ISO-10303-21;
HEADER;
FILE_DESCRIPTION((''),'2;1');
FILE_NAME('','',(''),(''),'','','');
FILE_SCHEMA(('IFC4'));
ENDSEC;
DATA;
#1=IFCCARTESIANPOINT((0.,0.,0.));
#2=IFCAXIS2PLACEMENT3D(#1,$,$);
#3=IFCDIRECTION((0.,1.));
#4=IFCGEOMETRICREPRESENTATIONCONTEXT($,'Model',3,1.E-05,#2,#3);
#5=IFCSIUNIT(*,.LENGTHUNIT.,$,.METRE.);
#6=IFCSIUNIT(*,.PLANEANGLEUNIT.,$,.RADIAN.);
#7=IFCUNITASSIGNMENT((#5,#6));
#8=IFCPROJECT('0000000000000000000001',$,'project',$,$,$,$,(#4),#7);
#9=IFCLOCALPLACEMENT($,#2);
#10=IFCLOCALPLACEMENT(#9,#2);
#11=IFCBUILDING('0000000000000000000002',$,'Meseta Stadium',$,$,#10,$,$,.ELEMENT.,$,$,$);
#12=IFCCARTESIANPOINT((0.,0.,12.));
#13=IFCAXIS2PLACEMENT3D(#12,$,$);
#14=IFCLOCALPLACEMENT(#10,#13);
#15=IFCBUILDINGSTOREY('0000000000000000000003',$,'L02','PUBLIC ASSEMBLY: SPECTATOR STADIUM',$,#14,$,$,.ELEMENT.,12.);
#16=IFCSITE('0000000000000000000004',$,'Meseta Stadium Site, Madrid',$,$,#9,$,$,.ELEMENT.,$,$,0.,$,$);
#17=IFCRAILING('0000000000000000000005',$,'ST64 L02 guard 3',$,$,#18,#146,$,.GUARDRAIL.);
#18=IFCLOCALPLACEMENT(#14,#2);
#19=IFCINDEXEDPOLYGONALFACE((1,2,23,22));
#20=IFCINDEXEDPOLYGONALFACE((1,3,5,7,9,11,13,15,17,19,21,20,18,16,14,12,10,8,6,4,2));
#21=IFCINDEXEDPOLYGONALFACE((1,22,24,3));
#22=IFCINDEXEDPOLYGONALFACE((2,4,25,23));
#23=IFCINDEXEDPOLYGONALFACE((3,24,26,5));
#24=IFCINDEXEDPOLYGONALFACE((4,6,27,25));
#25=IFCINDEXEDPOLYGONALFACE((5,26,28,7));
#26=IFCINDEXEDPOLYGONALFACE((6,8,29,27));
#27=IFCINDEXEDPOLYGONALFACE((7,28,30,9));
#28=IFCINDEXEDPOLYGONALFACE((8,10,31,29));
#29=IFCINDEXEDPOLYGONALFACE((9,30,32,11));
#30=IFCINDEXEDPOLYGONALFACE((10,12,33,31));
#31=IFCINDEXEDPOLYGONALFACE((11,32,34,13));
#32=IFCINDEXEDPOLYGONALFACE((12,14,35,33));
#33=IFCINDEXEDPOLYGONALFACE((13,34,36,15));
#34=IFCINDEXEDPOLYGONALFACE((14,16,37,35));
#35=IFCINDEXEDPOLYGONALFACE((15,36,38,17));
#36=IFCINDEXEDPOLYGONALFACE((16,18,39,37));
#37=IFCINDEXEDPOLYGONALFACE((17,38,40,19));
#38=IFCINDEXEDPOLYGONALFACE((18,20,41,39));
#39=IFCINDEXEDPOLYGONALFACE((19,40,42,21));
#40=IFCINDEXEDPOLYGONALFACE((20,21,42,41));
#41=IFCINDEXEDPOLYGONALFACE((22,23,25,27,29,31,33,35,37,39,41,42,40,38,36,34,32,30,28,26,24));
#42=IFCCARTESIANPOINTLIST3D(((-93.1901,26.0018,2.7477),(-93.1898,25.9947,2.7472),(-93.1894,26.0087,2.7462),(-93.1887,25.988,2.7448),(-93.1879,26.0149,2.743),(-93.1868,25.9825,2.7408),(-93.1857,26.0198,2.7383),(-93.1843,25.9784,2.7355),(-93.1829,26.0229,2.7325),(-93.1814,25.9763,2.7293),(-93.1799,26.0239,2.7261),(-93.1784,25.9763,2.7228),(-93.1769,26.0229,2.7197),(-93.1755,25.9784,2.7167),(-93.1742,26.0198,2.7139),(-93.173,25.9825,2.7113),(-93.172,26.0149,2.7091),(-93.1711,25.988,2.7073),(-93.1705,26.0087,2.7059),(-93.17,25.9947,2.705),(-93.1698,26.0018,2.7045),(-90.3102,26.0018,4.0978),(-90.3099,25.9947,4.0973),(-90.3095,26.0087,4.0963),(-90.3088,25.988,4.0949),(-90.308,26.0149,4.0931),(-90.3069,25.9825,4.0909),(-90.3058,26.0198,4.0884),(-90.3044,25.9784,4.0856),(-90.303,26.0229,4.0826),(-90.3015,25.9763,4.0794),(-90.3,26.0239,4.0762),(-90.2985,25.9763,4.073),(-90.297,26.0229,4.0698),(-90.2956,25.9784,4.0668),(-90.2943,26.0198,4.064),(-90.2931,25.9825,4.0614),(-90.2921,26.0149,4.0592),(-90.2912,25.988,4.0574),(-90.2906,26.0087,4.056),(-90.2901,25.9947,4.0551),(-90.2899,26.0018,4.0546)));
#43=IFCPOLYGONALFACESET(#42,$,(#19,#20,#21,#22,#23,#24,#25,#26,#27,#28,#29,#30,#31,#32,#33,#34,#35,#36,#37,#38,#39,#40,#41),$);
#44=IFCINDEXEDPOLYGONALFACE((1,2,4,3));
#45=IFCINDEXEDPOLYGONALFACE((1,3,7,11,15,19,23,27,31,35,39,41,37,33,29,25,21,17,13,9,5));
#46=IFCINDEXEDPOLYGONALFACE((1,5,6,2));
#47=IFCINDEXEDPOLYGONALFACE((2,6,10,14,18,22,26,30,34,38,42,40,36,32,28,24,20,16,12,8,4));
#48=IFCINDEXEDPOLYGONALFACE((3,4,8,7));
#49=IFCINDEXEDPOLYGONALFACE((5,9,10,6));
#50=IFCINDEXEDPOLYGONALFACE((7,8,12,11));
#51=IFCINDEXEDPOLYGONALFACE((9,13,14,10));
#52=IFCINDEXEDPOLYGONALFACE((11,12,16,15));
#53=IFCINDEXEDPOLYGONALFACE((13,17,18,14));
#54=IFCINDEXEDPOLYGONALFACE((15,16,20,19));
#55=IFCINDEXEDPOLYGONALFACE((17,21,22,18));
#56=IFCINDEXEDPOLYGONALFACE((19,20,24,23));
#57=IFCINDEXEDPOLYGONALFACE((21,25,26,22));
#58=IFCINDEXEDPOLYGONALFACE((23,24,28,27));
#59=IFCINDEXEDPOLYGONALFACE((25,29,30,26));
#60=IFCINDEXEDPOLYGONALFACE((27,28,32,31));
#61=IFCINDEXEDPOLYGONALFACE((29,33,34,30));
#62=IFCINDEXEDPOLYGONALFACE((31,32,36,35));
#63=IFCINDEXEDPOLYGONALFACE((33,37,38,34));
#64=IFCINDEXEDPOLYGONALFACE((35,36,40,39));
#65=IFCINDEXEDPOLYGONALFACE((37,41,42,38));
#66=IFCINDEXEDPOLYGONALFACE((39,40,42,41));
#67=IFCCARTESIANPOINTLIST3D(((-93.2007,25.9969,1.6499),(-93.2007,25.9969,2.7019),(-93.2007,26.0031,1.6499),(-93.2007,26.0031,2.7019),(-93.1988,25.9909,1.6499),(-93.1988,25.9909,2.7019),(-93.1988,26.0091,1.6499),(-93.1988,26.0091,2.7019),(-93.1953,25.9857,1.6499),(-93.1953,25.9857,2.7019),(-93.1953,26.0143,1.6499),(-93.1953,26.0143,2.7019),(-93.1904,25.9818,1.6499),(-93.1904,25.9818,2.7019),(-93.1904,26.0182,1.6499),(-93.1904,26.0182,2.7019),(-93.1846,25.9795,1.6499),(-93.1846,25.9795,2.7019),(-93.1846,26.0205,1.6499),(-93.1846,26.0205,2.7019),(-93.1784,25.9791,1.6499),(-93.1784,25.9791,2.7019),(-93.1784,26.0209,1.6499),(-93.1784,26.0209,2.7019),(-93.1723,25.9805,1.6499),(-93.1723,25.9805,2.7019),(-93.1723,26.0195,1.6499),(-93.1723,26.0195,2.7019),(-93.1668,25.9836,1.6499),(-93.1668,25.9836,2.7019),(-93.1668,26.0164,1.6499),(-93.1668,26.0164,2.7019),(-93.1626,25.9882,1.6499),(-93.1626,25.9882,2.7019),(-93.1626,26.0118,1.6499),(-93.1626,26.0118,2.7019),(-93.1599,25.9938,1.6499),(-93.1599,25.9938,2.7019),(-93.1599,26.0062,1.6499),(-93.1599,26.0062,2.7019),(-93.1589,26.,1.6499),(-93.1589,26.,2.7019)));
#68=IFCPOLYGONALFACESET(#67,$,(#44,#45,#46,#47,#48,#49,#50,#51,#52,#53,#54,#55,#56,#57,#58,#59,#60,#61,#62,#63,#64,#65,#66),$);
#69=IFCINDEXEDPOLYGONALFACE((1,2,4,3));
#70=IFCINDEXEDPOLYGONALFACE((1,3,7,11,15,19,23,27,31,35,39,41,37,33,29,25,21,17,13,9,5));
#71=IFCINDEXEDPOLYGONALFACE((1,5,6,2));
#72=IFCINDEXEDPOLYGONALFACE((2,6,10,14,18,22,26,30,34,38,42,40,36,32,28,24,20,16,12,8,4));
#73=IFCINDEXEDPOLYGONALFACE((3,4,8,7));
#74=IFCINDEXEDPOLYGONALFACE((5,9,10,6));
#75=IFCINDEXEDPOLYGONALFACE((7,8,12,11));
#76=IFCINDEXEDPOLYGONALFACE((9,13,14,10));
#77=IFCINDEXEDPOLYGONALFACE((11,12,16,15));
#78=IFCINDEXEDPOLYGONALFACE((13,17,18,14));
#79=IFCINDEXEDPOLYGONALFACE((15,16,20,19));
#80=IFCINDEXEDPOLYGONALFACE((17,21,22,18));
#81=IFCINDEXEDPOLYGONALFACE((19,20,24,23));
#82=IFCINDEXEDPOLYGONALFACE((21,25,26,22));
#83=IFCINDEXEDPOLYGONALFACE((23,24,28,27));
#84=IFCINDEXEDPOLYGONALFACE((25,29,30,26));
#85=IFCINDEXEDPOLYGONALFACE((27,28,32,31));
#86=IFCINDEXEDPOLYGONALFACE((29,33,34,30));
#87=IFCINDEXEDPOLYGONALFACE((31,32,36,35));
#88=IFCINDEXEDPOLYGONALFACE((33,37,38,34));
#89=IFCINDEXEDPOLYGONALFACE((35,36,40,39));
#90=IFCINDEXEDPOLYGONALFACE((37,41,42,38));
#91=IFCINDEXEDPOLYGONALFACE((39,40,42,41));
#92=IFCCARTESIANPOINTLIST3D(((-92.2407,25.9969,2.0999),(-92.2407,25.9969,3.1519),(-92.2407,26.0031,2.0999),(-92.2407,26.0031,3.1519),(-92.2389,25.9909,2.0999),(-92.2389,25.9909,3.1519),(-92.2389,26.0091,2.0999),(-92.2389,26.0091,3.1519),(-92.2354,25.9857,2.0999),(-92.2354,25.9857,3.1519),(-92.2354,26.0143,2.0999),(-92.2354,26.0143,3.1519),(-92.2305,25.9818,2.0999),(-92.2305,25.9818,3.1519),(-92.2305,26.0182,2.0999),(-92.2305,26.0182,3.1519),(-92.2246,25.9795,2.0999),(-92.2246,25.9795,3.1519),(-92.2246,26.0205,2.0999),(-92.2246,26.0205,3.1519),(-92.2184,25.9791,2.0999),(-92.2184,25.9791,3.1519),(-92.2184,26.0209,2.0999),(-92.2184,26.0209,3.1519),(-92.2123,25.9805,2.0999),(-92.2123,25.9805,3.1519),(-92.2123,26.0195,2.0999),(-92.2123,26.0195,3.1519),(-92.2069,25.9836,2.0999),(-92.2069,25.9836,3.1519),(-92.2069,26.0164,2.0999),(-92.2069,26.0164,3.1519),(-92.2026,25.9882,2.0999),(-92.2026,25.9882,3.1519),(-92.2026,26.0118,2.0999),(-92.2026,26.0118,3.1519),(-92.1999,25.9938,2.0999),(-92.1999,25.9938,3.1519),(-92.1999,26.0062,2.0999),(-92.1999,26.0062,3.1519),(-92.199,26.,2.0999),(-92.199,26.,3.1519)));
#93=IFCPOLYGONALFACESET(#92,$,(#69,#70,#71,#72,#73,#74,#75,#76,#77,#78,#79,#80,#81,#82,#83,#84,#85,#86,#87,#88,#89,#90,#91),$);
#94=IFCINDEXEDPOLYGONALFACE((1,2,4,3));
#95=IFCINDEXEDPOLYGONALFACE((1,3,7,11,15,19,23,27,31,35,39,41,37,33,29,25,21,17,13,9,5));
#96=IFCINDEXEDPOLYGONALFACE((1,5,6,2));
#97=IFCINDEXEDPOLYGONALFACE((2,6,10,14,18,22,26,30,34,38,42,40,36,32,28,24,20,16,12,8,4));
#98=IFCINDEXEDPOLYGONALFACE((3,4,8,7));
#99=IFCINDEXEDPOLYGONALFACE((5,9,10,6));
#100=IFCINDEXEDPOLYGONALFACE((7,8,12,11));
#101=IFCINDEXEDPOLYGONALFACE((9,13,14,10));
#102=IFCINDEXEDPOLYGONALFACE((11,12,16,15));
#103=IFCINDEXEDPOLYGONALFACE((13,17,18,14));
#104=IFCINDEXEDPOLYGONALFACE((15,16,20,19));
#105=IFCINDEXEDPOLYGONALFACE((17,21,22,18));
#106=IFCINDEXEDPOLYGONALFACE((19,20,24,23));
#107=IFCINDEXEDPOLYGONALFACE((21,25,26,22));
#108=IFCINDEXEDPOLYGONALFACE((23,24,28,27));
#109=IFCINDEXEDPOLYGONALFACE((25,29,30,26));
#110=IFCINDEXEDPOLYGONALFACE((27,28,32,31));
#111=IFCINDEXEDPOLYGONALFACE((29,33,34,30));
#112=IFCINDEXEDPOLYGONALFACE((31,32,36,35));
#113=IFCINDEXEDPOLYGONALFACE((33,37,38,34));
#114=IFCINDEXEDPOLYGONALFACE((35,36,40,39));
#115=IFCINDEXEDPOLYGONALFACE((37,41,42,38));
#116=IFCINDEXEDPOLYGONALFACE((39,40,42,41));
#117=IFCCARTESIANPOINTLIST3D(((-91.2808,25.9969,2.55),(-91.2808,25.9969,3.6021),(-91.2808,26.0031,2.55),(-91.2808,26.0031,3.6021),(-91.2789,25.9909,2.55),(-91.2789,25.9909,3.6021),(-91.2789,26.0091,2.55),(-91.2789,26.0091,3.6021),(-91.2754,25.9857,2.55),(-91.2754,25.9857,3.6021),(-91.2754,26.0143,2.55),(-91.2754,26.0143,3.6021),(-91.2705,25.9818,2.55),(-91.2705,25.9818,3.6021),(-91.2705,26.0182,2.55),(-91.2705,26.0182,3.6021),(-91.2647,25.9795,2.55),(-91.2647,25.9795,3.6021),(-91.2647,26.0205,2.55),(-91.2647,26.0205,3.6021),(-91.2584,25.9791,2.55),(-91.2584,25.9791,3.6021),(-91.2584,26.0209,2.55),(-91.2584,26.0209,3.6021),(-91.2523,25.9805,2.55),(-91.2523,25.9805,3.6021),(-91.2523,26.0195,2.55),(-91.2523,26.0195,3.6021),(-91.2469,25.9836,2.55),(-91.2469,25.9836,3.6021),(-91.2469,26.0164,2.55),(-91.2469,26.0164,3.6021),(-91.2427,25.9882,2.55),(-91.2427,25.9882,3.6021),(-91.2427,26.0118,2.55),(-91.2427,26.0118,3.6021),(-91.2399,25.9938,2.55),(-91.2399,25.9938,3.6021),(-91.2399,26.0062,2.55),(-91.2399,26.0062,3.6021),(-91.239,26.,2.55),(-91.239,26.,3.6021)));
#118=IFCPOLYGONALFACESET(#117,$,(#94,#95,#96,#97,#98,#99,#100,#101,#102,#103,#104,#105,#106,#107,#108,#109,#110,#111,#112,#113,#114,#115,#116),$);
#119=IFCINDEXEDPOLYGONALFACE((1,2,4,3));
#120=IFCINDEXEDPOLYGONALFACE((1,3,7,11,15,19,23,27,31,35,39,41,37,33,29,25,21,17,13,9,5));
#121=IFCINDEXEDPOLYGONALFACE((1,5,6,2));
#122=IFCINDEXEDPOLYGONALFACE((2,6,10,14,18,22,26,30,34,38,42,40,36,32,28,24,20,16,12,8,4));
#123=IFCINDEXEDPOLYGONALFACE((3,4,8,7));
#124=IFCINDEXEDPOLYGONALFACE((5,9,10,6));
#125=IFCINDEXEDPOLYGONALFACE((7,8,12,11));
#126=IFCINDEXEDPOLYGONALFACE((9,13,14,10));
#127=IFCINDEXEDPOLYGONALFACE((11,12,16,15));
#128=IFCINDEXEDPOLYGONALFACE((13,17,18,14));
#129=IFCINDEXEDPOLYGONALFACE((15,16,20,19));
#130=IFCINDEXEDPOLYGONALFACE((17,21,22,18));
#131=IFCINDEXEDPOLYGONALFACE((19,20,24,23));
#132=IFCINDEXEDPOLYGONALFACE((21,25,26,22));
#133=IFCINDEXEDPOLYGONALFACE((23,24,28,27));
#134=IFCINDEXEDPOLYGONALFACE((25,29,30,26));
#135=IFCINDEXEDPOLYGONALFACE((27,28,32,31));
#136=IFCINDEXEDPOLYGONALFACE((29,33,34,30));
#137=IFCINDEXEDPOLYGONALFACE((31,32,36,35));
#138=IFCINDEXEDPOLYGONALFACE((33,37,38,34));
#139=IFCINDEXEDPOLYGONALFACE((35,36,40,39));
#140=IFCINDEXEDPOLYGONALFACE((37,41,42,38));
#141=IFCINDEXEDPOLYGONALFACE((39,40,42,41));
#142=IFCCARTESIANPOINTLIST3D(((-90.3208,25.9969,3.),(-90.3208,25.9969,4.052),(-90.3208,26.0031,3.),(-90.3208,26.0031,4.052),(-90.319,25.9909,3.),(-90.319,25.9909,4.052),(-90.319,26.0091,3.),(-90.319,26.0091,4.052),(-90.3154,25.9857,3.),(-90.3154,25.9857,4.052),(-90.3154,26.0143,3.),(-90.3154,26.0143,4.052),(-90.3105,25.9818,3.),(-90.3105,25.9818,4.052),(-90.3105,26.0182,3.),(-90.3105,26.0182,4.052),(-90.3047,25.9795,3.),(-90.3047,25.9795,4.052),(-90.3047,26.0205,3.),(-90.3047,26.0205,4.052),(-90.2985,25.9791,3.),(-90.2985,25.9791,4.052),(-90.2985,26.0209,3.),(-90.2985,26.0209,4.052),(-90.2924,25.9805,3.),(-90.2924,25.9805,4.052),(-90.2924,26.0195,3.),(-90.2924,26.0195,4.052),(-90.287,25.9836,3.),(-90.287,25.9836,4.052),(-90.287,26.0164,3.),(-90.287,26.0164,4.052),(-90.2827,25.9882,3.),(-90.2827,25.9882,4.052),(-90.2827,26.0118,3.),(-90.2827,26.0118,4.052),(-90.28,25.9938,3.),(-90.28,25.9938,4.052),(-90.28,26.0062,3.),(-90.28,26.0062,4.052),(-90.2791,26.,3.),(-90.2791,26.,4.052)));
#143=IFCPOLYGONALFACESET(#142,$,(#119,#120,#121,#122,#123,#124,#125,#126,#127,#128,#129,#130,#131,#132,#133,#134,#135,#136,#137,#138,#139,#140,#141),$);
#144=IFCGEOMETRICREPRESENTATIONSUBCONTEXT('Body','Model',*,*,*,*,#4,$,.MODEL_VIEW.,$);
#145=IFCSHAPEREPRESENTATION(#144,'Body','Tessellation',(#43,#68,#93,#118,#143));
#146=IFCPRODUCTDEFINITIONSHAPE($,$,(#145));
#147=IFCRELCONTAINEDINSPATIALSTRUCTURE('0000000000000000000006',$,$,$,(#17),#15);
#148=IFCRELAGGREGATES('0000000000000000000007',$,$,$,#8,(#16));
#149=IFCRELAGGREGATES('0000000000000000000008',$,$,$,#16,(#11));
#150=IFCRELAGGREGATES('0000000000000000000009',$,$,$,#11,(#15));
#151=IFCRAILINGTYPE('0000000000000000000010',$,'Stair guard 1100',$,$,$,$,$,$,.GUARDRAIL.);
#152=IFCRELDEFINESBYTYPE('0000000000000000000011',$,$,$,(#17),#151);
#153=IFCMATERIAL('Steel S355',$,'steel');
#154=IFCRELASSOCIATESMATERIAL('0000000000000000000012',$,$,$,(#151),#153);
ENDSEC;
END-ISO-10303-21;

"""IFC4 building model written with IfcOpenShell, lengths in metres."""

from ifc_helpers import new_model, si_unit, direction, frame, origin, origin_2d, place, context, subcontext, project, spatial, circle, extrude, material, type_object, element, save


model = new_model("IFC4")

# Units and contexts
model_context = context("Model", 3, precision=1e-05, world=origin(), true_north=direction((0.0, 1.0)))
body_context = subcontext(model_context, "Body", "Model", "MODEL_VIEW")
ifc_project = project(units=[si_unit("LENGTHUNIT", "METRE"), si_unit("PLANEANGLEUNIT", "RADIAN")], contexts=[model_context])

# Site, building, storey
site_placement = place(None, origin())
site = spatial("IfcSite", under=ifc_project, at=site_placement, Name="Meseta Stadium Site, Madrid", CompositionType="ELEMENT", RefElevation=0.0)
building_placement = place(site_placement, origin())
building = spatial("IfcBuilding", under=site, at=building_placement, Name="Meseta Stadium", CompositionType="ELEMENT")
storey_placement = place(building_placement, frame((0.0, 0.0, 12.0)))
storey = spatial("IfcBuildingStorey", under=building, at=storey_placement, Name="L02", Description="PUBLIC ASSEMBLY: SPECTATOR STADIUM", CompositionType="ELEMENT", Elevation=12.0)

# Railing
ifc_material_1 = material(Name="Steel S355", Category="steel")
railing_type_1 = type_object("IfcRailingType", Name="Stair guard 1100", PredefinedType="GUARDRAIL", material=ifc_material_1)
railing_1_placement = place(storey_placement, frame((-93.1799, 26.0, 1.6499)))
element("IfcRailing", 1, at=railing_1_placement, inside=storey, type_object=railing_type_1, Name="ST64 L02 guard 3", PredefinedType="GUARDRAIL", context=body_context, shape_type="SweptSolid", body=[
    extrude(circle(Radius=0.0239, at=origin_2d()), frame((0.0, 0.0, 1.0762), z_axis=(0.90544, 0.0, 0.424473), x_axis=(0.0, 1.0, 0.0)), (0.0, 0.0, 1.0), 3.1807),
    extrude(circle(Radius=0.021, at=origin_2d()), origin(), (0.0, 0.0, 1.0), 1.052),
    extrude(circle(Radius=0.021, at=origin_2d()), frame((0.96, 0.0, 0.45)), (0.0, 0.0, 1.0), 1.052),
    extrude(circle(Radius=0.021, at=origin_2d()), frame((1.9199, 0.0, 0.9001)), (0.0, 0.0, 1.0), 1.052),
    extrude(circle(Radius=0.021, at=origin_2d()), frame((2.8799, 0.0, 1.3501)), (0.0, 0.0, 1.0), 1.052),
])

save(model, "model.ifc")
